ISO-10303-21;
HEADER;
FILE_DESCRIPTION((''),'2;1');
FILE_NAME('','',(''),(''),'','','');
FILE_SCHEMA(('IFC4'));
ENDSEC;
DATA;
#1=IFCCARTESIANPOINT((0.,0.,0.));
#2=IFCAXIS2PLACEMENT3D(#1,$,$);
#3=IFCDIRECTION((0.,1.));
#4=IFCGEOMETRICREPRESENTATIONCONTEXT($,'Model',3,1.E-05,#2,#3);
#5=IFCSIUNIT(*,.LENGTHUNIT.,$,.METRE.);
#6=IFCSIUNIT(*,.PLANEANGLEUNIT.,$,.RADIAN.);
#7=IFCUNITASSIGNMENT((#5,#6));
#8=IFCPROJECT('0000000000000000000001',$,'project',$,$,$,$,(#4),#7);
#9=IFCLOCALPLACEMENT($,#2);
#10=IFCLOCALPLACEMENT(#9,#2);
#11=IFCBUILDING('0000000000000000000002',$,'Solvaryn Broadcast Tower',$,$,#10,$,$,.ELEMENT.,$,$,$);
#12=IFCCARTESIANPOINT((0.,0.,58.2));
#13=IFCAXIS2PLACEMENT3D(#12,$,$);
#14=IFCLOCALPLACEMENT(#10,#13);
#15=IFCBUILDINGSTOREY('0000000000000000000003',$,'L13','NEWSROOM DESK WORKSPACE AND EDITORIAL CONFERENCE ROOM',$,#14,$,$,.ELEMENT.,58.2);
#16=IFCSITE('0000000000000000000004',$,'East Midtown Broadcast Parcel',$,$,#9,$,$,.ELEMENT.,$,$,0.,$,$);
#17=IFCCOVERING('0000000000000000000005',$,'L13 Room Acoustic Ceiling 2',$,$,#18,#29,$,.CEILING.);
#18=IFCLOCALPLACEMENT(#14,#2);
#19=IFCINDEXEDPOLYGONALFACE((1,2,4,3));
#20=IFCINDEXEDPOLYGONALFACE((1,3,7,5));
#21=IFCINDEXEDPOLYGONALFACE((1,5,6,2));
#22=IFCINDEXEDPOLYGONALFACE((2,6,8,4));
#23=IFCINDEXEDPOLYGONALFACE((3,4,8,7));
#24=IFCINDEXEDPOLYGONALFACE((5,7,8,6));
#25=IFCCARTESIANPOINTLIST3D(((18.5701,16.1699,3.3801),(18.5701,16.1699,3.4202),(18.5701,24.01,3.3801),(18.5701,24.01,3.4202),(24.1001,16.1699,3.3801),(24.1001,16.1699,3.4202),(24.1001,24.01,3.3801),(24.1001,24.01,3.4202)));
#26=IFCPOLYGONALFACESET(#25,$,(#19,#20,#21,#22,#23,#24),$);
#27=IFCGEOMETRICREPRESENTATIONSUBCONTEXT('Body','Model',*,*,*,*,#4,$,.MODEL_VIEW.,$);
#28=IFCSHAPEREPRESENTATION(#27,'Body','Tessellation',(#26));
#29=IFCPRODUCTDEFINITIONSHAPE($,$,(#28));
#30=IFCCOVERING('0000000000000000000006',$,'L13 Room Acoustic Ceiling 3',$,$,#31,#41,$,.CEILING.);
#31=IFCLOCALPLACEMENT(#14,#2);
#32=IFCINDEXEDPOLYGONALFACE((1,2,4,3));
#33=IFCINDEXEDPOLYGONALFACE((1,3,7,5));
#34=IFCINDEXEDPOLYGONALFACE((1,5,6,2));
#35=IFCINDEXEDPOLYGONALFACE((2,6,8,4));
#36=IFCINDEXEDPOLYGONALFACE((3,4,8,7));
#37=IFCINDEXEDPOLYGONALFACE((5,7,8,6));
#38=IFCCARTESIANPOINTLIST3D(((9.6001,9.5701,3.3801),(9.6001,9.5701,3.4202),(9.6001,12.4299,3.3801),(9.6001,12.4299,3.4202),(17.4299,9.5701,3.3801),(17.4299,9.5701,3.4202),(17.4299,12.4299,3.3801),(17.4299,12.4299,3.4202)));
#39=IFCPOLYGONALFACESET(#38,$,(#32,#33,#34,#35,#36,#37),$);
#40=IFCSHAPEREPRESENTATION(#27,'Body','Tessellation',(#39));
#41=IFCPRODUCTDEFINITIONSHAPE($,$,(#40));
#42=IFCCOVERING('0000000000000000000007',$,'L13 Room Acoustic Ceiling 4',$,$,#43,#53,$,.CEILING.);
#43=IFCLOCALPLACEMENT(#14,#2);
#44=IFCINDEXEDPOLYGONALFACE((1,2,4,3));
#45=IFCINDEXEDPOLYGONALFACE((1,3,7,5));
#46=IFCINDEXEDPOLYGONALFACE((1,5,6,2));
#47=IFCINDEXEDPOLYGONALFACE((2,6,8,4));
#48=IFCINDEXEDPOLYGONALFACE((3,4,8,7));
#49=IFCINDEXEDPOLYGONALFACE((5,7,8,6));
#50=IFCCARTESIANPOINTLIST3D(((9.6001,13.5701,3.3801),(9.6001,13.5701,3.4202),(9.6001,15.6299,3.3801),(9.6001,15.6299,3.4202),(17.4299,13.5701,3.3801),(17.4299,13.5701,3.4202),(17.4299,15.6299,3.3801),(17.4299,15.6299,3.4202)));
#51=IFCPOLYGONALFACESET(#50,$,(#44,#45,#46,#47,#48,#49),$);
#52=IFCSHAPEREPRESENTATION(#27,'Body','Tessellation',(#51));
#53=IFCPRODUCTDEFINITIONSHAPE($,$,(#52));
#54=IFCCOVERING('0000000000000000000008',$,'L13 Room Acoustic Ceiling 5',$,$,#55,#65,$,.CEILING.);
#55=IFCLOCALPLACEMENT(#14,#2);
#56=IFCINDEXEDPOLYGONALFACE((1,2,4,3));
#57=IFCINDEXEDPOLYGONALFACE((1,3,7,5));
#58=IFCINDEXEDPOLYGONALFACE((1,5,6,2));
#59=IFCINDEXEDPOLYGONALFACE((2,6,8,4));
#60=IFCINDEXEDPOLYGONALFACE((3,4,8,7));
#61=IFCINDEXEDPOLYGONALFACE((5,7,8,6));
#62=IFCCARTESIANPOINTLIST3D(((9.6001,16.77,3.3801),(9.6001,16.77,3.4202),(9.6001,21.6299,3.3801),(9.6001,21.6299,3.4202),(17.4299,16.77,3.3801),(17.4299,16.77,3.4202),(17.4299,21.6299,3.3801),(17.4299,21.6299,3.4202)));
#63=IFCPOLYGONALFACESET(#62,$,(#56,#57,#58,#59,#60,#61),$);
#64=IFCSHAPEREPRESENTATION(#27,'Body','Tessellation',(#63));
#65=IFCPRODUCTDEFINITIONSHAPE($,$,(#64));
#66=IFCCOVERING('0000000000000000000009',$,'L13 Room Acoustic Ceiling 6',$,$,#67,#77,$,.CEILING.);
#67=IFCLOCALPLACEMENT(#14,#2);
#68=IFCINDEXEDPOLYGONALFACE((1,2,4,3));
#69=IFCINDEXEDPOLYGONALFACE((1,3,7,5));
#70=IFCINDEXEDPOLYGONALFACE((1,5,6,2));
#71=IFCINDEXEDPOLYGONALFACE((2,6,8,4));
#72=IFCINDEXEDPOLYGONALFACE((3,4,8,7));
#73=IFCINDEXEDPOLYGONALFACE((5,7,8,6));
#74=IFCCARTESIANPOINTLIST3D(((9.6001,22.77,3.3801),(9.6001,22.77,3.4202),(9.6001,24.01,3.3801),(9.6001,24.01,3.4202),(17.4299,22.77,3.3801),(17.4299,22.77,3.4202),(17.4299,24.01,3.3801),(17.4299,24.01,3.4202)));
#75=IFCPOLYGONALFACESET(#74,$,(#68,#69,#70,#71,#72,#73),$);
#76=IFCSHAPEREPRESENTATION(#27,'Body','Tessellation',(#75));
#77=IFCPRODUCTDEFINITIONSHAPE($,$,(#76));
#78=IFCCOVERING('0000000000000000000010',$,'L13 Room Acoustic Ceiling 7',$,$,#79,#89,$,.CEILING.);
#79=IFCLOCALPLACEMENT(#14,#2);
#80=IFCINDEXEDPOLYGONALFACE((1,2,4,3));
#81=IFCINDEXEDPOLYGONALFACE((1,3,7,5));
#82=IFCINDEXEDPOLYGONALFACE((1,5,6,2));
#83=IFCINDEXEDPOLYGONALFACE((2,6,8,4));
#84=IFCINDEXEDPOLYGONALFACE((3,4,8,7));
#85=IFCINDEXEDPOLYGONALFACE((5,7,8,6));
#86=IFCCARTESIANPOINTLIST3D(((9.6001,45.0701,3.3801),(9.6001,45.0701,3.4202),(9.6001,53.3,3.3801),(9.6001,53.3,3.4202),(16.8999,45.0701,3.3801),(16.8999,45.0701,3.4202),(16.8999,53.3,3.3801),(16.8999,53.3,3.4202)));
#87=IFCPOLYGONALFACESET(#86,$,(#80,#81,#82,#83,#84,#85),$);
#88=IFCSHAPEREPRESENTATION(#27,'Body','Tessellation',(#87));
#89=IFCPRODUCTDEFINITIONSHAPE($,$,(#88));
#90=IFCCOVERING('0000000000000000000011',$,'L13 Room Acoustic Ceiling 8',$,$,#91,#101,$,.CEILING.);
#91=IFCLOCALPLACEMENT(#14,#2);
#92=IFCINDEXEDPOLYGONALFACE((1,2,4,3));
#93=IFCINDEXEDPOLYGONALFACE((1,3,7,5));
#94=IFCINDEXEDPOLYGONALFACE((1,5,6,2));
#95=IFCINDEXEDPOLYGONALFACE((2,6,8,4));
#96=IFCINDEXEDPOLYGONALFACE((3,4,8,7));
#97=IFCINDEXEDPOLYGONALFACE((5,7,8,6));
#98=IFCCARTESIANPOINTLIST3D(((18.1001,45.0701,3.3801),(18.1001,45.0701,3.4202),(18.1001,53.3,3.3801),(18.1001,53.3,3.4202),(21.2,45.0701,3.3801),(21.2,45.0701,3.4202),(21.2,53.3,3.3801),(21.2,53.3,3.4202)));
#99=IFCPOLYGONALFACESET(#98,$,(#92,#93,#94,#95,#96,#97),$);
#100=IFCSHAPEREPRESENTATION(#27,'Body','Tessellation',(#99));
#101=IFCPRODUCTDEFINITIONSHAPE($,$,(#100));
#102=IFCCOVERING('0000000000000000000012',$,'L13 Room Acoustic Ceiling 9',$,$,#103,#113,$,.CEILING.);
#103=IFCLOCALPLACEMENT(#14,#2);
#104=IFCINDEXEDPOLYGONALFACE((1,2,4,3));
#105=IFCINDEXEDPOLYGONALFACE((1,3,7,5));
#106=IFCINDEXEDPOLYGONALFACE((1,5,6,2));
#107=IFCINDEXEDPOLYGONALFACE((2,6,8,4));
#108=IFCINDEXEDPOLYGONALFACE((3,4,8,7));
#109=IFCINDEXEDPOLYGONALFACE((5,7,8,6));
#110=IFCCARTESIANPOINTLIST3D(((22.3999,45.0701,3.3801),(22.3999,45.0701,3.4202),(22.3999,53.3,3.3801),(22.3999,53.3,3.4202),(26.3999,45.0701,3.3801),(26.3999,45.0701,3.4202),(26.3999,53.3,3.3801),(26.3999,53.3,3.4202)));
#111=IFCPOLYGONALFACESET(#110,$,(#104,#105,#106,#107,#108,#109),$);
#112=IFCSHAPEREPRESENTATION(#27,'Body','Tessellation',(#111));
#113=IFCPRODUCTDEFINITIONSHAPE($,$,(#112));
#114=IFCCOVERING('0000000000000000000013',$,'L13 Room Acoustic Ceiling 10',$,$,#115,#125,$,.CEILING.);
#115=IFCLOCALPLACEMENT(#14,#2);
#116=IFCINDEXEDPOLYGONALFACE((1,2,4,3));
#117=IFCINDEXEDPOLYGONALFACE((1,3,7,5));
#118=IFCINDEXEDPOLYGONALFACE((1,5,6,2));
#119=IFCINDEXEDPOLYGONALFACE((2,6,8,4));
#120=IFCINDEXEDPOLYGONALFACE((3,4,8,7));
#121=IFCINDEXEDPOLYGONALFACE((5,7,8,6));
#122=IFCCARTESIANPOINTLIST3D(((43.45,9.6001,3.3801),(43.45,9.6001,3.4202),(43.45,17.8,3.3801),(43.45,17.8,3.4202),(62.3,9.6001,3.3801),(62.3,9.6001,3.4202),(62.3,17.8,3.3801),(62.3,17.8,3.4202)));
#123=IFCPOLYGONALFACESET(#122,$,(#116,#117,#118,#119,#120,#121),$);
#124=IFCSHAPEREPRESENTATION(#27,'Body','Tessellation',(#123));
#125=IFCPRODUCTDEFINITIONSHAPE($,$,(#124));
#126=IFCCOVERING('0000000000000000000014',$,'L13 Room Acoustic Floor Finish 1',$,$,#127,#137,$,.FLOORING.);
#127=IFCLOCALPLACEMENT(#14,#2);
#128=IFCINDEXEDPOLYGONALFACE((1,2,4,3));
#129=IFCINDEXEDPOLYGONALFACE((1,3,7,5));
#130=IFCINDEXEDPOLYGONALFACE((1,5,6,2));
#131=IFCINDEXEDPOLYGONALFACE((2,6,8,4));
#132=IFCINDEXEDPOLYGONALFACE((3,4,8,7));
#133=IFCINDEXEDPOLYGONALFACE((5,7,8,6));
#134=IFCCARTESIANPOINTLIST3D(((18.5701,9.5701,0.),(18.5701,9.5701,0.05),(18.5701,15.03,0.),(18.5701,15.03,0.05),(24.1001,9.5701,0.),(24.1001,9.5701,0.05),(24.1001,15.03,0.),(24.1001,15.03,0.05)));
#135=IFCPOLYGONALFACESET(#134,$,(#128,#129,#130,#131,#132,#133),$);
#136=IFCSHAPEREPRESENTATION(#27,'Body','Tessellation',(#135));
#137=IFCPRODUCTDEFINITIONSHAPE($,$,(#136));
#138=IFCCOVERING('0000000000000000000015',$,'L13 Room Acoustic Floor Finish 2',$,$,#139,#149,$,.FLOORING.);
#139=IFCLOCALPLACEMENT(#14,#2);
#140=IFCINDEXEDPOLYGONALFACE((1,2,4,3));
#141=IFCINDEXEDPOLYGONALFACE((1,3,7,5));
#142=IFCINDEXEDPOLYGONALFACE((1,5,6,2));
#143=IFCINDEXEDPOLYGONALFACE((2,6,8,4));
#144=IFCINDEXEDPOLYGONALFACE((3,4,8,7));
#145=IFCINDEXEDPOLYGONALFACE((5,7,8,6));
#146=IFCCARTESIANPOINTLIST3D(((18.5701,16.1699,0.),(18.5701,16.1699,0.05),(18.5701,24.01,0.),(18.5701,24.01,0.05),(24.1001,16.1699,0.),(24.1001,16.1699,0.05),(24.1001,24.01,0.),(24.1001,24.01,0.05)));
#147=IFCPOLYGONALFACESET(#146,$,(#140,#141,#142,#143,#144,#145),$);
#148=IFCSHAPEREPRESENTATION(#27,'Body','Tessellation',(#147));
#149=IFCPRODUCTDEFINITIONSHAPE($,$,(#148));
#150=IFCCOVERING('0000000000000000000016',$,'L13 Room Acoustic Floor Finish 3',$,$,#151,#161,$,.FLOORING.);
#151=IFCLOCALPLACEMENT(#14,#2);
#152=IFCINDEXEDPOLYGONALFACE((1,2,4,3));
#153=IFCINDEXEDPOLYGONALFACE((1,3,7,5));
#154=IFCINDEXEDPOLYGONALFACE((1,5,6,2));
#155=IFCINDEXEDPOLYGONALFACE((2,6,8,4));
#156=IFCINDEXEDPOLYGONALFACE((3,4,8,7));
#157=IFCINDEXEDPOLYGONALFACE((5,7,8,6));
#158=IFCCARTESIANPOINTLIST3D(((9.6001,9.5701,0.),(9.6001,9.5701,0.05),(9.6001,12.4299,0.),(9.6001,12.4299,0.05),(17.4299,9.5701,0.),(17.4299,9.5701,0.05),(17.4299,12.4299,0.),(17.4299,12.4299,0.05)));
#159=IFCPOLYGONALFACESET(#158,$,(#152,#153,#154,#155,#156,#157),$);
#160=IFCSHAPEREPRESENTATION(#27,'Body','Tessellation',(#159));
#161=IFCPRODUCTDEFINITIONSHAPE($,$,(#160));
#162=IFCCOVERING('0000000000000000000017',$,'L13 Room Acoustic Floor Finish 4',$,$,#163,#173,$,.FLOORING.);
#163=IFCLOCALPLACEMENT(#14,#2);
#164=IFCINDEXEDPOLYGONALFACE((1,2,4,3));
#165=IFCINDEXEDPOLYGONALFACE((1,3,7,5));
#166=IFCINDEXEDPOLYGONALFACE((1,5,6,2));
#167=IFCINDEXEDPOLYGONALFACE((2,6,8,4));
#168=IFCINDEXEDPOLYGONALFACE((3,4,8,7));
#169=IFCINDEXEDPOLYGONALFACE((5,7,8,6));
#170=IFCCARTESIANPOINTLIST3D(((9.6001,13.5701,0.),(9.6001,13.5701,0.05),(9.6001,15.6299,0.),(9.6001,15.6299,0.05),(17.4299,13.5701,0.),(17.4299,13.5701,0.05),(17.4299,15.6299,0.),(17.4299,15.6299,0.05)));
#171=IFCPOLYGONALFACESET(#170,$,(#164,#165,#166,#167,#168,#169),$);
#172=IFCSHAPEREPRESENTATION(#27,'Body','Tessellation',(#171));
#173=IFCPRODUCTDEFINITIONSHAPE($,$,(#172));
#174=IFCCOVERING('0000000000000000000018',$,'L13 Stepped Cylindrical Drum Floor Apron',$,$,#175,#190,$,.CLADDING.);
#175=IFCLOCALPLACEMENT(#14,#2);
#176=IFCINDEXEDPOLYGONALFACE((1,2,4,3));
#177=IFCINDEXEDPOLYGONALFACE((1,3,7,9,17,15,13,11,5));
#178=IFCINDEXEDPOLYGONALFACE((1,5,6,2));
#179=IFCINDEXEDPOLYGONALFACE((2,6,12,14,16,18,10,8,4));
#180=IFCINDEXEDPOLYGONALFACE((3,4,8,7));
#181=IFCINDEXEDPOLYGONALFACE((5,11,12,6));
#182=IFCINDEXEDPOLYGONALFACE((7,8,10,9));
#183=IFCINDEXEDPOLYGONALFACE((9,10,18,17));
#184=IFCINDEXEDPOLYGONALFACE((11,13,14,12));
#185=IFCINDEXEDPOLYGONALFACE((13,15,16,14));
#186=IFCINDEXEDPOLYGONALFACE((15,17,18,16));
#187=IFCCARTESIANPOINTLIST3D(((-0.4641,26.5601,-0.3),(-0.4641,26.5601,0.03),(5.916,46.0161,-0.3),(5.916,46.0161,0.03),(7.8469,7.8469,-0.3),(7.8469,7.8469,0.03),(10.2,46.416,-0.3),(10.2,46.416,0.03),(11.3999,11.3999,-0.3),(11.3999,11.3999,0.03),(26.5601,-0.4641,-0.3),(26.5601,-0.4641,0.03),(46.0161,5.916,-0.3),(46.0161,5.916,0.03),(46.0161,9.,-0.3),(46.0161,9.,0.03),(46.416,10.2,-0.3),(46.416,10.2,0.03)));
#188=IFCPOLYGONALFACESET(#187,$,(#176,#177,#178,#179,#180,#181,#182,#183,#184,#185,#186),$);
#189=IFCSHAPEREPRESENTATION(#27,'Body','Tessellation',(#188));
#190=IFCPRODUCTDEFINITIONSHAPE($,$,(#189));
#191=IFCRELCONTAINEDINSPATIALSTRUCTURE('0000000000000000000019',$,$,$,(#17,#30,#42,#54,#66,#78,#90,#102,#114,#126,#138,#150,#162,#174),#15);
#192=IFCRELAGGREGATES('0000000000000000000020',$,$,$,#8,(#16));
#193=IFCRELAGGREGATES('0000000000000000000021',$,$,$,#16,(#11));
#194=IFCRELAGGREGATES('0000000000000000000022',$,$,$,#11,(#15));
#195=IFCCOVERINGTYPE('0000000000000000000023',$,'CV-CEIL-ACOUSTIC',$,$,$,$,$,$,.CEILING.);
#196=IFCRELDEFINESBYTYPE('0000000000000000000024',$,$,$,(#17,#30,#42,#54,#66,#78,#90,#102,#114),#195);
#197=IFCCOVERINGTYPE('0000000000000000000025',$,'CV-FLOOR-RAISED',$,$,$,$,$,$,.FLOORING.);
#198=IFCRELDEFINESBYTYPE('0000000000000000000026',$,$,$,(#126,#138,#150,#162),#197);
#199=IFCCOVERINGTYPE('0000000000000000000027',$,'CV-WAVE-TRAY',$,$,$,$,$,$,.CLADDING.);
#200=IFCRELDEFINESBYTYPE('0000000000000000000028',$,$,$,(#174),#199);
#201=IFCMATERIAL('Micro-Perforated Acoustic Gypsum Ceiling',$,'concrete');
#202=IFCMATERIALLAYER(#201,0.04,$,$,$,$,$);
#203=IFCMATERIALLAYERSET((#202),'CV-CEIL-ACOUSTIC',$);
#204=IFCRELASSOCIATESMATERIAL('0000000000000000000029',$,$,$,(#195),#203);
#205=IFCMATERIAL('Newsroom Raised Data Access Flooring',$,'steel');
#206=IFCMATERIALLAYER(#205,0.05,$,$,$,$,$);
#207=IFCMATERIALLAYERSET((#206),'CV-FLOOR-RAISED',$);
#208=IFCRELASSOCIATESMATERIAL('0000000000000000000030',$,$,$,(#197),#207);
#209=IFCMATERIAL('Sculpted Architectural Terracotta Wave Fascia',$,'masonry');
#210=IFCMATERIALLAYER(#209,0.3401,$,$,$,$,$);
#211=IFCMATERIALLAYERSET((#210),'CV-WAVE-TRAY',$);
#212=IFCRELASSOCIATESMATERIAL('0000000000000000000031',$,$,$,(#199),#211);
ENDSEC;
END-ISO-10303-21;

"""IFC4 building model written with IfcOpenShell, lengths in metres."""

from ifc_helpers import new_model, si_unit, direction, frame, origin, place, context, subcontext, project, spatial, polyline, outline, extrude, material, layer, layer_set, type_object, element, save


model = new_model("IFC4")

# Units and contexts
model_context = context("Model", 3, precision=1e-05, world=origin(), true_north=direction((0.0, 1.0)))
body_context = subcontext(model_context, "Body", "Model", "MODEL_VIEW")
ifc_project = project(units=[si_unit("LENGTHUNIT", "METRE"), si_unit("PLANEANGLEUNIT", "RADIAN")], contexts=[model_context])

# Site, building, storey
site_placement = place(None, origin())
site = spatial("IfcSite", under=ifc_project, at=site_placement, Name="East Midtown Broadcast Parcel", CompositionType="ELEMENT", RefElevation=0.0)
building_placement = place(site_placement, origin())
building = spatial("IfcBuilding", under=site, at=building_placement, Name="Solvaryn Broadcast Tower", CompositionType="ELEMENT")
storey_placement = place(building_placement, frame((0.0, 0.0, 58.2)))
storey = spatial("IfcBuildingStorey", under=building, at=storey_placement, Name="L13", Description="NEWSROOM DESK WORKSPACE AND EDITORIAL CONFERENCE ROOM", CompositionType="ELEMENT", Elevation=58.2)

# Coverings
ifc_material_1 = material(Name="Micro-Perforated Acoustic Gypsum Ceiling", Category="concrete")
ifc_layer_1 = layer(ifc_material_1, 0.04)
ifc_layer_set_1 = layer_set([ifc_layer_1], Name="CV-CEIL-ACOUSTIC")
covering_type_1 = type_object("IfcCoveringType", Name="CV-CEIL-ACOUSTIC", PredefinedType="CEILING", material=ifc_layer_set_1)
covering_1_placement = place(storey_placement, frame((0.0, 0.0, 3.3801)))
element("IfcCovering", 1, at=covering_1_placement, inside=storey, type_object=covering_type_1, Name="L13 Room Acoustic Ceiling 2", PredefinedType="CEILING", context=body_context, shape_type="SweptSolid", body=[
    extrude(outline(polyline([(18.5701, 16.1699), (24.1001, 16.1699), (24.1001, 24.01), (18.5701, 24.01), (18.5701, 16.1699)])), origin(), (0.0, 0.0, 1.0), 0.04),
])
covering_2_placement = place(storey_placement, frame((0.0, 0.0, 3.3801)))
element("IfcCovering", 2, at=covering_2_placement, inside=storey, type_object=covering_type_1, Name="L13 Room Acoustic Ceiling 3", PredefinedType="CEILING", context=body_context, shape_type="SweptSolid", body=[
    extrude(outline(polyline([(9.6001, 9.5701), (17.4299, 9.5701), (17.4299, 12.4299), (9.6001, 12.4299), (9.6001, 9.5701)])), origin(), (0.0, 0.0, 1.0), 0.04),
])
covering_3_placement = place(storey_placement, frame((0.0, 0.0, 3.3801)))
element("IfcCovering", 3, at=covering_3_placement, inside=storey, type_object=covering_type_1, Name="L13 Room Acoustic Ceiling 4", PredefinedType="CEILING", context=body_context, shape_type="SweptSolid", body=[
    extrude(outline(polyline([(9.6001, 13.5701), (17.4299, 13.5701), (17.4299, 15.6299), (9.6001, 15.6299), (9.6001, 13.5701)])), origin(), (0.0, 0.0, 1.0), 0.04),
])
covering_4_placement = place(storey_placement, frame((0.0, 0.0, 3.3801)))
element("IfcCovering", 4, at=covering_4_placement, inside=storey, type_object=covering_type_1, Name="L13 Room Acoustic Ceiling 5", PredefinedType="CEILING", context=body_context, shape_type="SweptSolid", body=[
    extrude(outline(polyline([(9.6001, 16.77), (17.4299, 16.77), (17.4299, 21.6299), (9.6001, 21.6299), (9.6001, 16.77)])), origin(), (0.0, 0.0, 1.0), 0.04),
])
covering_5_placement = place(storey_placement, frame((0.0, 0.0, 3.3801)))
element("IfcCovering", 5, at=covering_5_placement, inside=storey, type_object=covering_type_1, Name="L13 Room Acoustic Ceiling 6", PredefinedType="CEILING", context=body_context, shape_type="SweptSolid", body=[
    extrude(outline(polyline([(9.6001, 22.77), (17.4299, 22.77), (17.4299, 24.01), (9.6001, 24.01), (9.6001, 22.77)])), origin(), (0.0, 0.0, 1.0), 0.04),
])
covering_6_placement = place(storey_placement, frame((0.0, 0.0, 3.3801)))
element("IfcCovering", 6, at=covering_6_placement, inside=storey, type_object=covering_type_1, Name="L13 Room Acoustic Ceiling 7", PredefinedType="CEILING", context=body_context, shape_type="SweptSolid", body=[
    extrude(outline(polyline([(9.6001, 45.0701), (16.8999, 45.0701), (16.8999, 53.3), (9.6001, 53.3), (9.6001, 45.0701)])), origin(), (0.0, 0.0, 1.0), 0.04),
])
covering_7_placement = place(storey_placement, frame((0.0, 0.0, 3.3801)))
element("IfcCovering", 7, at=covering_7_placement, inside=storey, type_object=covering_type_1, Name="L13 Room Acoustic Ceiling 8", PredefinedType="CEILING", context=body_context, shape_type="SweptSolid", body=[
    extrude(outline(polyline([(18.1001, 45.0701), (21.2, 45.0701), (21.2, 53.3), (18.1001, 53.3), (18.1001, 45.0701)])), origin(), (0.0, 0.0, 1.0), 0.04),
])
covering_8_placement = place(storey_placement, frame((0.0, 0.0, 3.3801)))
element("IfcCovering", 8, at=covering_8_placement, inside=storey, type_object=covering_type_1, Name="L13 Room Acoustic Ceiling 9", PredefinedType="CEILING", context=body_context, shape_type="SweptSolid", body=[
    extrude(outline(polyline([(22.3999, 45.0701), (26.3999, 45.0701), (26.3999, 53.3), (22.3999, 53.3), (22.3999, 45.0701)])), origin(), (0.0, 0.0, 1.0), 0.04),
])
covering_9_placement = place(storey_placement, frame((0.0, 0.0, 3.3801)))
element("IfcCovering", 9, at=covering_9_placement, inside=storey, type_object=covering_type_1, Name="L13 Room Acoustic Ceiling 10", PredefinedType="CEILING", context=body_context, shape_type="SweptSolid", body=[
    extrude(outline(polyline([(43.45, 9.6001), (62.3, 9.6001), (62.3, 17.8), (43.45, 17.8), (43.45, 9.6001)])), origin(), (0.0, 0.0, 1.0), 0.04),
])
ifc_material_2 = material(Name="Newsroom Raised Data Access Flooring", Category="steel")
ifc_layer_2 = layer(ifc_material_2, 0.05)
ifc_layer_set_2 = layer_set([ifc_layer_2], Name="CV-FLOOR-RAISED")
covering_type_2 = type_object("IfcCoveringType", Name="CV-FLOOR-RAISED", PredefinedType="FLOORING", material=ifc_layer_set_2)
covering_10_placement = place(storey_placement, origin())
element("IfcCovering", 10, at=covering_10_placement, inside=storey, type_object=covering_type_2, Name="L13 Room Acoustic Floor Finish 1", PredefinedType="FLOORING", context=body_context, shape_type="SweptSolid", body=[
    extrude(outline(polyline([(18.5701, 9.5701), (24.1001, 9.5701), (24.1001, 15.03), (18.5701, 15.03), (18.5701, 9.5701)])), origin(), (0.0, 0.0, 1.0), 0.05),
])
covering_11_placement = place(storey_placement, origin())
element("IfcCovering", 11, at=covering_11_placement, inside=storey, type_object=covering_type_2, Name="L13 Room Acoustic Floor Finish 2", PredefinedType="FLOORING", context=body_context, shape_type="SweptSolid", body=[
    extrude(outline(polyline([(18.5701, 16.1699), (24.1001, 16.1699), (24.1001, 24.01), (18.5701, 24.01), (18.5701, 16.1699)])), origin(), (0.0, 0.0, 1.0), 0.05),
])
covering_12_placement = place(storey_placement, origin())
element("IfcCovering", 12, at=covering_12_placement, inside=storey, type_object=covering_type_2, Name="L13 Room Acoustic Floor Finish 3", PredefinedType="FLOORING", context=body_context, shape_type="SweptSolid", body=[
    extrude(outline(polyline([(9.6001, 9.5701), (17.4299, 9.5701), (17.4299, 12.4299), (9.6001, 12.4299), (9.6001, 9.5701)])), origin(), (0.0, 0.0, 1.0), 0.05),
])
covering_13_placement = place(storey_placement, origin())
element("IfcCovering", 13, at=covering_13_placement, inside=storey, type_object=covering_type_2, Name="L13 Room Acoustic Floor Finish 4", PredefinedType="FLOORING", context=body_context, shape_type="SweptSolid", body=[
    extrude(outline(polyline([(9.6001, 13.5701), (17.4299, 13.5701), (17.4299, 15.6299), (9.6001, 15.6299), (9.6001, 13.5701)])), origin(), (0.0, 0.0, 1.0), 0.05),
])
ifc_material_3 = material(Name="Sculpted Architectural Terracotta Wave Fascia", Category="masonry")
ifc_layer_3 = layer(ifc_material_3, 0.3401)
ifc_layer_set_3 = layer_set([ifc_layer_3], Name="CV-WAVE-TRAY")
covering_type_3 = type_object("IfcCoveringType", Name="CV-WAVE-TRAY", PredefinedType="CLADDING", material=ifc_layer_set_3)
covering_14_placement = place(storey_placement, frame((0.0, 0.0, -0.3)))
element("IfcCovering", 14, at=covering_14_placement, inside=storey, type_object=covering_type_3, Name="L13 Stepped Cylindrical Drum Floor Apron", PredefinedType="CLADDING", context=body_context, shape_type="SweptSolid", body=[
    extrude(outline(polyline([(10.2, 46.416), (5.916, 46.0161), (-0.4641, 26.5601), (7.8469, 7.8469), (26.5601, -0.4641), (46.0161, 5.916), (46.0161, 9.0), (46.416, 10.2), (11.3999, 11.3999), (10.2, 46.416)])), origin(), (0.0, 0.0, 1.0), 0.3301),
])

save(model, "model.ifc")
